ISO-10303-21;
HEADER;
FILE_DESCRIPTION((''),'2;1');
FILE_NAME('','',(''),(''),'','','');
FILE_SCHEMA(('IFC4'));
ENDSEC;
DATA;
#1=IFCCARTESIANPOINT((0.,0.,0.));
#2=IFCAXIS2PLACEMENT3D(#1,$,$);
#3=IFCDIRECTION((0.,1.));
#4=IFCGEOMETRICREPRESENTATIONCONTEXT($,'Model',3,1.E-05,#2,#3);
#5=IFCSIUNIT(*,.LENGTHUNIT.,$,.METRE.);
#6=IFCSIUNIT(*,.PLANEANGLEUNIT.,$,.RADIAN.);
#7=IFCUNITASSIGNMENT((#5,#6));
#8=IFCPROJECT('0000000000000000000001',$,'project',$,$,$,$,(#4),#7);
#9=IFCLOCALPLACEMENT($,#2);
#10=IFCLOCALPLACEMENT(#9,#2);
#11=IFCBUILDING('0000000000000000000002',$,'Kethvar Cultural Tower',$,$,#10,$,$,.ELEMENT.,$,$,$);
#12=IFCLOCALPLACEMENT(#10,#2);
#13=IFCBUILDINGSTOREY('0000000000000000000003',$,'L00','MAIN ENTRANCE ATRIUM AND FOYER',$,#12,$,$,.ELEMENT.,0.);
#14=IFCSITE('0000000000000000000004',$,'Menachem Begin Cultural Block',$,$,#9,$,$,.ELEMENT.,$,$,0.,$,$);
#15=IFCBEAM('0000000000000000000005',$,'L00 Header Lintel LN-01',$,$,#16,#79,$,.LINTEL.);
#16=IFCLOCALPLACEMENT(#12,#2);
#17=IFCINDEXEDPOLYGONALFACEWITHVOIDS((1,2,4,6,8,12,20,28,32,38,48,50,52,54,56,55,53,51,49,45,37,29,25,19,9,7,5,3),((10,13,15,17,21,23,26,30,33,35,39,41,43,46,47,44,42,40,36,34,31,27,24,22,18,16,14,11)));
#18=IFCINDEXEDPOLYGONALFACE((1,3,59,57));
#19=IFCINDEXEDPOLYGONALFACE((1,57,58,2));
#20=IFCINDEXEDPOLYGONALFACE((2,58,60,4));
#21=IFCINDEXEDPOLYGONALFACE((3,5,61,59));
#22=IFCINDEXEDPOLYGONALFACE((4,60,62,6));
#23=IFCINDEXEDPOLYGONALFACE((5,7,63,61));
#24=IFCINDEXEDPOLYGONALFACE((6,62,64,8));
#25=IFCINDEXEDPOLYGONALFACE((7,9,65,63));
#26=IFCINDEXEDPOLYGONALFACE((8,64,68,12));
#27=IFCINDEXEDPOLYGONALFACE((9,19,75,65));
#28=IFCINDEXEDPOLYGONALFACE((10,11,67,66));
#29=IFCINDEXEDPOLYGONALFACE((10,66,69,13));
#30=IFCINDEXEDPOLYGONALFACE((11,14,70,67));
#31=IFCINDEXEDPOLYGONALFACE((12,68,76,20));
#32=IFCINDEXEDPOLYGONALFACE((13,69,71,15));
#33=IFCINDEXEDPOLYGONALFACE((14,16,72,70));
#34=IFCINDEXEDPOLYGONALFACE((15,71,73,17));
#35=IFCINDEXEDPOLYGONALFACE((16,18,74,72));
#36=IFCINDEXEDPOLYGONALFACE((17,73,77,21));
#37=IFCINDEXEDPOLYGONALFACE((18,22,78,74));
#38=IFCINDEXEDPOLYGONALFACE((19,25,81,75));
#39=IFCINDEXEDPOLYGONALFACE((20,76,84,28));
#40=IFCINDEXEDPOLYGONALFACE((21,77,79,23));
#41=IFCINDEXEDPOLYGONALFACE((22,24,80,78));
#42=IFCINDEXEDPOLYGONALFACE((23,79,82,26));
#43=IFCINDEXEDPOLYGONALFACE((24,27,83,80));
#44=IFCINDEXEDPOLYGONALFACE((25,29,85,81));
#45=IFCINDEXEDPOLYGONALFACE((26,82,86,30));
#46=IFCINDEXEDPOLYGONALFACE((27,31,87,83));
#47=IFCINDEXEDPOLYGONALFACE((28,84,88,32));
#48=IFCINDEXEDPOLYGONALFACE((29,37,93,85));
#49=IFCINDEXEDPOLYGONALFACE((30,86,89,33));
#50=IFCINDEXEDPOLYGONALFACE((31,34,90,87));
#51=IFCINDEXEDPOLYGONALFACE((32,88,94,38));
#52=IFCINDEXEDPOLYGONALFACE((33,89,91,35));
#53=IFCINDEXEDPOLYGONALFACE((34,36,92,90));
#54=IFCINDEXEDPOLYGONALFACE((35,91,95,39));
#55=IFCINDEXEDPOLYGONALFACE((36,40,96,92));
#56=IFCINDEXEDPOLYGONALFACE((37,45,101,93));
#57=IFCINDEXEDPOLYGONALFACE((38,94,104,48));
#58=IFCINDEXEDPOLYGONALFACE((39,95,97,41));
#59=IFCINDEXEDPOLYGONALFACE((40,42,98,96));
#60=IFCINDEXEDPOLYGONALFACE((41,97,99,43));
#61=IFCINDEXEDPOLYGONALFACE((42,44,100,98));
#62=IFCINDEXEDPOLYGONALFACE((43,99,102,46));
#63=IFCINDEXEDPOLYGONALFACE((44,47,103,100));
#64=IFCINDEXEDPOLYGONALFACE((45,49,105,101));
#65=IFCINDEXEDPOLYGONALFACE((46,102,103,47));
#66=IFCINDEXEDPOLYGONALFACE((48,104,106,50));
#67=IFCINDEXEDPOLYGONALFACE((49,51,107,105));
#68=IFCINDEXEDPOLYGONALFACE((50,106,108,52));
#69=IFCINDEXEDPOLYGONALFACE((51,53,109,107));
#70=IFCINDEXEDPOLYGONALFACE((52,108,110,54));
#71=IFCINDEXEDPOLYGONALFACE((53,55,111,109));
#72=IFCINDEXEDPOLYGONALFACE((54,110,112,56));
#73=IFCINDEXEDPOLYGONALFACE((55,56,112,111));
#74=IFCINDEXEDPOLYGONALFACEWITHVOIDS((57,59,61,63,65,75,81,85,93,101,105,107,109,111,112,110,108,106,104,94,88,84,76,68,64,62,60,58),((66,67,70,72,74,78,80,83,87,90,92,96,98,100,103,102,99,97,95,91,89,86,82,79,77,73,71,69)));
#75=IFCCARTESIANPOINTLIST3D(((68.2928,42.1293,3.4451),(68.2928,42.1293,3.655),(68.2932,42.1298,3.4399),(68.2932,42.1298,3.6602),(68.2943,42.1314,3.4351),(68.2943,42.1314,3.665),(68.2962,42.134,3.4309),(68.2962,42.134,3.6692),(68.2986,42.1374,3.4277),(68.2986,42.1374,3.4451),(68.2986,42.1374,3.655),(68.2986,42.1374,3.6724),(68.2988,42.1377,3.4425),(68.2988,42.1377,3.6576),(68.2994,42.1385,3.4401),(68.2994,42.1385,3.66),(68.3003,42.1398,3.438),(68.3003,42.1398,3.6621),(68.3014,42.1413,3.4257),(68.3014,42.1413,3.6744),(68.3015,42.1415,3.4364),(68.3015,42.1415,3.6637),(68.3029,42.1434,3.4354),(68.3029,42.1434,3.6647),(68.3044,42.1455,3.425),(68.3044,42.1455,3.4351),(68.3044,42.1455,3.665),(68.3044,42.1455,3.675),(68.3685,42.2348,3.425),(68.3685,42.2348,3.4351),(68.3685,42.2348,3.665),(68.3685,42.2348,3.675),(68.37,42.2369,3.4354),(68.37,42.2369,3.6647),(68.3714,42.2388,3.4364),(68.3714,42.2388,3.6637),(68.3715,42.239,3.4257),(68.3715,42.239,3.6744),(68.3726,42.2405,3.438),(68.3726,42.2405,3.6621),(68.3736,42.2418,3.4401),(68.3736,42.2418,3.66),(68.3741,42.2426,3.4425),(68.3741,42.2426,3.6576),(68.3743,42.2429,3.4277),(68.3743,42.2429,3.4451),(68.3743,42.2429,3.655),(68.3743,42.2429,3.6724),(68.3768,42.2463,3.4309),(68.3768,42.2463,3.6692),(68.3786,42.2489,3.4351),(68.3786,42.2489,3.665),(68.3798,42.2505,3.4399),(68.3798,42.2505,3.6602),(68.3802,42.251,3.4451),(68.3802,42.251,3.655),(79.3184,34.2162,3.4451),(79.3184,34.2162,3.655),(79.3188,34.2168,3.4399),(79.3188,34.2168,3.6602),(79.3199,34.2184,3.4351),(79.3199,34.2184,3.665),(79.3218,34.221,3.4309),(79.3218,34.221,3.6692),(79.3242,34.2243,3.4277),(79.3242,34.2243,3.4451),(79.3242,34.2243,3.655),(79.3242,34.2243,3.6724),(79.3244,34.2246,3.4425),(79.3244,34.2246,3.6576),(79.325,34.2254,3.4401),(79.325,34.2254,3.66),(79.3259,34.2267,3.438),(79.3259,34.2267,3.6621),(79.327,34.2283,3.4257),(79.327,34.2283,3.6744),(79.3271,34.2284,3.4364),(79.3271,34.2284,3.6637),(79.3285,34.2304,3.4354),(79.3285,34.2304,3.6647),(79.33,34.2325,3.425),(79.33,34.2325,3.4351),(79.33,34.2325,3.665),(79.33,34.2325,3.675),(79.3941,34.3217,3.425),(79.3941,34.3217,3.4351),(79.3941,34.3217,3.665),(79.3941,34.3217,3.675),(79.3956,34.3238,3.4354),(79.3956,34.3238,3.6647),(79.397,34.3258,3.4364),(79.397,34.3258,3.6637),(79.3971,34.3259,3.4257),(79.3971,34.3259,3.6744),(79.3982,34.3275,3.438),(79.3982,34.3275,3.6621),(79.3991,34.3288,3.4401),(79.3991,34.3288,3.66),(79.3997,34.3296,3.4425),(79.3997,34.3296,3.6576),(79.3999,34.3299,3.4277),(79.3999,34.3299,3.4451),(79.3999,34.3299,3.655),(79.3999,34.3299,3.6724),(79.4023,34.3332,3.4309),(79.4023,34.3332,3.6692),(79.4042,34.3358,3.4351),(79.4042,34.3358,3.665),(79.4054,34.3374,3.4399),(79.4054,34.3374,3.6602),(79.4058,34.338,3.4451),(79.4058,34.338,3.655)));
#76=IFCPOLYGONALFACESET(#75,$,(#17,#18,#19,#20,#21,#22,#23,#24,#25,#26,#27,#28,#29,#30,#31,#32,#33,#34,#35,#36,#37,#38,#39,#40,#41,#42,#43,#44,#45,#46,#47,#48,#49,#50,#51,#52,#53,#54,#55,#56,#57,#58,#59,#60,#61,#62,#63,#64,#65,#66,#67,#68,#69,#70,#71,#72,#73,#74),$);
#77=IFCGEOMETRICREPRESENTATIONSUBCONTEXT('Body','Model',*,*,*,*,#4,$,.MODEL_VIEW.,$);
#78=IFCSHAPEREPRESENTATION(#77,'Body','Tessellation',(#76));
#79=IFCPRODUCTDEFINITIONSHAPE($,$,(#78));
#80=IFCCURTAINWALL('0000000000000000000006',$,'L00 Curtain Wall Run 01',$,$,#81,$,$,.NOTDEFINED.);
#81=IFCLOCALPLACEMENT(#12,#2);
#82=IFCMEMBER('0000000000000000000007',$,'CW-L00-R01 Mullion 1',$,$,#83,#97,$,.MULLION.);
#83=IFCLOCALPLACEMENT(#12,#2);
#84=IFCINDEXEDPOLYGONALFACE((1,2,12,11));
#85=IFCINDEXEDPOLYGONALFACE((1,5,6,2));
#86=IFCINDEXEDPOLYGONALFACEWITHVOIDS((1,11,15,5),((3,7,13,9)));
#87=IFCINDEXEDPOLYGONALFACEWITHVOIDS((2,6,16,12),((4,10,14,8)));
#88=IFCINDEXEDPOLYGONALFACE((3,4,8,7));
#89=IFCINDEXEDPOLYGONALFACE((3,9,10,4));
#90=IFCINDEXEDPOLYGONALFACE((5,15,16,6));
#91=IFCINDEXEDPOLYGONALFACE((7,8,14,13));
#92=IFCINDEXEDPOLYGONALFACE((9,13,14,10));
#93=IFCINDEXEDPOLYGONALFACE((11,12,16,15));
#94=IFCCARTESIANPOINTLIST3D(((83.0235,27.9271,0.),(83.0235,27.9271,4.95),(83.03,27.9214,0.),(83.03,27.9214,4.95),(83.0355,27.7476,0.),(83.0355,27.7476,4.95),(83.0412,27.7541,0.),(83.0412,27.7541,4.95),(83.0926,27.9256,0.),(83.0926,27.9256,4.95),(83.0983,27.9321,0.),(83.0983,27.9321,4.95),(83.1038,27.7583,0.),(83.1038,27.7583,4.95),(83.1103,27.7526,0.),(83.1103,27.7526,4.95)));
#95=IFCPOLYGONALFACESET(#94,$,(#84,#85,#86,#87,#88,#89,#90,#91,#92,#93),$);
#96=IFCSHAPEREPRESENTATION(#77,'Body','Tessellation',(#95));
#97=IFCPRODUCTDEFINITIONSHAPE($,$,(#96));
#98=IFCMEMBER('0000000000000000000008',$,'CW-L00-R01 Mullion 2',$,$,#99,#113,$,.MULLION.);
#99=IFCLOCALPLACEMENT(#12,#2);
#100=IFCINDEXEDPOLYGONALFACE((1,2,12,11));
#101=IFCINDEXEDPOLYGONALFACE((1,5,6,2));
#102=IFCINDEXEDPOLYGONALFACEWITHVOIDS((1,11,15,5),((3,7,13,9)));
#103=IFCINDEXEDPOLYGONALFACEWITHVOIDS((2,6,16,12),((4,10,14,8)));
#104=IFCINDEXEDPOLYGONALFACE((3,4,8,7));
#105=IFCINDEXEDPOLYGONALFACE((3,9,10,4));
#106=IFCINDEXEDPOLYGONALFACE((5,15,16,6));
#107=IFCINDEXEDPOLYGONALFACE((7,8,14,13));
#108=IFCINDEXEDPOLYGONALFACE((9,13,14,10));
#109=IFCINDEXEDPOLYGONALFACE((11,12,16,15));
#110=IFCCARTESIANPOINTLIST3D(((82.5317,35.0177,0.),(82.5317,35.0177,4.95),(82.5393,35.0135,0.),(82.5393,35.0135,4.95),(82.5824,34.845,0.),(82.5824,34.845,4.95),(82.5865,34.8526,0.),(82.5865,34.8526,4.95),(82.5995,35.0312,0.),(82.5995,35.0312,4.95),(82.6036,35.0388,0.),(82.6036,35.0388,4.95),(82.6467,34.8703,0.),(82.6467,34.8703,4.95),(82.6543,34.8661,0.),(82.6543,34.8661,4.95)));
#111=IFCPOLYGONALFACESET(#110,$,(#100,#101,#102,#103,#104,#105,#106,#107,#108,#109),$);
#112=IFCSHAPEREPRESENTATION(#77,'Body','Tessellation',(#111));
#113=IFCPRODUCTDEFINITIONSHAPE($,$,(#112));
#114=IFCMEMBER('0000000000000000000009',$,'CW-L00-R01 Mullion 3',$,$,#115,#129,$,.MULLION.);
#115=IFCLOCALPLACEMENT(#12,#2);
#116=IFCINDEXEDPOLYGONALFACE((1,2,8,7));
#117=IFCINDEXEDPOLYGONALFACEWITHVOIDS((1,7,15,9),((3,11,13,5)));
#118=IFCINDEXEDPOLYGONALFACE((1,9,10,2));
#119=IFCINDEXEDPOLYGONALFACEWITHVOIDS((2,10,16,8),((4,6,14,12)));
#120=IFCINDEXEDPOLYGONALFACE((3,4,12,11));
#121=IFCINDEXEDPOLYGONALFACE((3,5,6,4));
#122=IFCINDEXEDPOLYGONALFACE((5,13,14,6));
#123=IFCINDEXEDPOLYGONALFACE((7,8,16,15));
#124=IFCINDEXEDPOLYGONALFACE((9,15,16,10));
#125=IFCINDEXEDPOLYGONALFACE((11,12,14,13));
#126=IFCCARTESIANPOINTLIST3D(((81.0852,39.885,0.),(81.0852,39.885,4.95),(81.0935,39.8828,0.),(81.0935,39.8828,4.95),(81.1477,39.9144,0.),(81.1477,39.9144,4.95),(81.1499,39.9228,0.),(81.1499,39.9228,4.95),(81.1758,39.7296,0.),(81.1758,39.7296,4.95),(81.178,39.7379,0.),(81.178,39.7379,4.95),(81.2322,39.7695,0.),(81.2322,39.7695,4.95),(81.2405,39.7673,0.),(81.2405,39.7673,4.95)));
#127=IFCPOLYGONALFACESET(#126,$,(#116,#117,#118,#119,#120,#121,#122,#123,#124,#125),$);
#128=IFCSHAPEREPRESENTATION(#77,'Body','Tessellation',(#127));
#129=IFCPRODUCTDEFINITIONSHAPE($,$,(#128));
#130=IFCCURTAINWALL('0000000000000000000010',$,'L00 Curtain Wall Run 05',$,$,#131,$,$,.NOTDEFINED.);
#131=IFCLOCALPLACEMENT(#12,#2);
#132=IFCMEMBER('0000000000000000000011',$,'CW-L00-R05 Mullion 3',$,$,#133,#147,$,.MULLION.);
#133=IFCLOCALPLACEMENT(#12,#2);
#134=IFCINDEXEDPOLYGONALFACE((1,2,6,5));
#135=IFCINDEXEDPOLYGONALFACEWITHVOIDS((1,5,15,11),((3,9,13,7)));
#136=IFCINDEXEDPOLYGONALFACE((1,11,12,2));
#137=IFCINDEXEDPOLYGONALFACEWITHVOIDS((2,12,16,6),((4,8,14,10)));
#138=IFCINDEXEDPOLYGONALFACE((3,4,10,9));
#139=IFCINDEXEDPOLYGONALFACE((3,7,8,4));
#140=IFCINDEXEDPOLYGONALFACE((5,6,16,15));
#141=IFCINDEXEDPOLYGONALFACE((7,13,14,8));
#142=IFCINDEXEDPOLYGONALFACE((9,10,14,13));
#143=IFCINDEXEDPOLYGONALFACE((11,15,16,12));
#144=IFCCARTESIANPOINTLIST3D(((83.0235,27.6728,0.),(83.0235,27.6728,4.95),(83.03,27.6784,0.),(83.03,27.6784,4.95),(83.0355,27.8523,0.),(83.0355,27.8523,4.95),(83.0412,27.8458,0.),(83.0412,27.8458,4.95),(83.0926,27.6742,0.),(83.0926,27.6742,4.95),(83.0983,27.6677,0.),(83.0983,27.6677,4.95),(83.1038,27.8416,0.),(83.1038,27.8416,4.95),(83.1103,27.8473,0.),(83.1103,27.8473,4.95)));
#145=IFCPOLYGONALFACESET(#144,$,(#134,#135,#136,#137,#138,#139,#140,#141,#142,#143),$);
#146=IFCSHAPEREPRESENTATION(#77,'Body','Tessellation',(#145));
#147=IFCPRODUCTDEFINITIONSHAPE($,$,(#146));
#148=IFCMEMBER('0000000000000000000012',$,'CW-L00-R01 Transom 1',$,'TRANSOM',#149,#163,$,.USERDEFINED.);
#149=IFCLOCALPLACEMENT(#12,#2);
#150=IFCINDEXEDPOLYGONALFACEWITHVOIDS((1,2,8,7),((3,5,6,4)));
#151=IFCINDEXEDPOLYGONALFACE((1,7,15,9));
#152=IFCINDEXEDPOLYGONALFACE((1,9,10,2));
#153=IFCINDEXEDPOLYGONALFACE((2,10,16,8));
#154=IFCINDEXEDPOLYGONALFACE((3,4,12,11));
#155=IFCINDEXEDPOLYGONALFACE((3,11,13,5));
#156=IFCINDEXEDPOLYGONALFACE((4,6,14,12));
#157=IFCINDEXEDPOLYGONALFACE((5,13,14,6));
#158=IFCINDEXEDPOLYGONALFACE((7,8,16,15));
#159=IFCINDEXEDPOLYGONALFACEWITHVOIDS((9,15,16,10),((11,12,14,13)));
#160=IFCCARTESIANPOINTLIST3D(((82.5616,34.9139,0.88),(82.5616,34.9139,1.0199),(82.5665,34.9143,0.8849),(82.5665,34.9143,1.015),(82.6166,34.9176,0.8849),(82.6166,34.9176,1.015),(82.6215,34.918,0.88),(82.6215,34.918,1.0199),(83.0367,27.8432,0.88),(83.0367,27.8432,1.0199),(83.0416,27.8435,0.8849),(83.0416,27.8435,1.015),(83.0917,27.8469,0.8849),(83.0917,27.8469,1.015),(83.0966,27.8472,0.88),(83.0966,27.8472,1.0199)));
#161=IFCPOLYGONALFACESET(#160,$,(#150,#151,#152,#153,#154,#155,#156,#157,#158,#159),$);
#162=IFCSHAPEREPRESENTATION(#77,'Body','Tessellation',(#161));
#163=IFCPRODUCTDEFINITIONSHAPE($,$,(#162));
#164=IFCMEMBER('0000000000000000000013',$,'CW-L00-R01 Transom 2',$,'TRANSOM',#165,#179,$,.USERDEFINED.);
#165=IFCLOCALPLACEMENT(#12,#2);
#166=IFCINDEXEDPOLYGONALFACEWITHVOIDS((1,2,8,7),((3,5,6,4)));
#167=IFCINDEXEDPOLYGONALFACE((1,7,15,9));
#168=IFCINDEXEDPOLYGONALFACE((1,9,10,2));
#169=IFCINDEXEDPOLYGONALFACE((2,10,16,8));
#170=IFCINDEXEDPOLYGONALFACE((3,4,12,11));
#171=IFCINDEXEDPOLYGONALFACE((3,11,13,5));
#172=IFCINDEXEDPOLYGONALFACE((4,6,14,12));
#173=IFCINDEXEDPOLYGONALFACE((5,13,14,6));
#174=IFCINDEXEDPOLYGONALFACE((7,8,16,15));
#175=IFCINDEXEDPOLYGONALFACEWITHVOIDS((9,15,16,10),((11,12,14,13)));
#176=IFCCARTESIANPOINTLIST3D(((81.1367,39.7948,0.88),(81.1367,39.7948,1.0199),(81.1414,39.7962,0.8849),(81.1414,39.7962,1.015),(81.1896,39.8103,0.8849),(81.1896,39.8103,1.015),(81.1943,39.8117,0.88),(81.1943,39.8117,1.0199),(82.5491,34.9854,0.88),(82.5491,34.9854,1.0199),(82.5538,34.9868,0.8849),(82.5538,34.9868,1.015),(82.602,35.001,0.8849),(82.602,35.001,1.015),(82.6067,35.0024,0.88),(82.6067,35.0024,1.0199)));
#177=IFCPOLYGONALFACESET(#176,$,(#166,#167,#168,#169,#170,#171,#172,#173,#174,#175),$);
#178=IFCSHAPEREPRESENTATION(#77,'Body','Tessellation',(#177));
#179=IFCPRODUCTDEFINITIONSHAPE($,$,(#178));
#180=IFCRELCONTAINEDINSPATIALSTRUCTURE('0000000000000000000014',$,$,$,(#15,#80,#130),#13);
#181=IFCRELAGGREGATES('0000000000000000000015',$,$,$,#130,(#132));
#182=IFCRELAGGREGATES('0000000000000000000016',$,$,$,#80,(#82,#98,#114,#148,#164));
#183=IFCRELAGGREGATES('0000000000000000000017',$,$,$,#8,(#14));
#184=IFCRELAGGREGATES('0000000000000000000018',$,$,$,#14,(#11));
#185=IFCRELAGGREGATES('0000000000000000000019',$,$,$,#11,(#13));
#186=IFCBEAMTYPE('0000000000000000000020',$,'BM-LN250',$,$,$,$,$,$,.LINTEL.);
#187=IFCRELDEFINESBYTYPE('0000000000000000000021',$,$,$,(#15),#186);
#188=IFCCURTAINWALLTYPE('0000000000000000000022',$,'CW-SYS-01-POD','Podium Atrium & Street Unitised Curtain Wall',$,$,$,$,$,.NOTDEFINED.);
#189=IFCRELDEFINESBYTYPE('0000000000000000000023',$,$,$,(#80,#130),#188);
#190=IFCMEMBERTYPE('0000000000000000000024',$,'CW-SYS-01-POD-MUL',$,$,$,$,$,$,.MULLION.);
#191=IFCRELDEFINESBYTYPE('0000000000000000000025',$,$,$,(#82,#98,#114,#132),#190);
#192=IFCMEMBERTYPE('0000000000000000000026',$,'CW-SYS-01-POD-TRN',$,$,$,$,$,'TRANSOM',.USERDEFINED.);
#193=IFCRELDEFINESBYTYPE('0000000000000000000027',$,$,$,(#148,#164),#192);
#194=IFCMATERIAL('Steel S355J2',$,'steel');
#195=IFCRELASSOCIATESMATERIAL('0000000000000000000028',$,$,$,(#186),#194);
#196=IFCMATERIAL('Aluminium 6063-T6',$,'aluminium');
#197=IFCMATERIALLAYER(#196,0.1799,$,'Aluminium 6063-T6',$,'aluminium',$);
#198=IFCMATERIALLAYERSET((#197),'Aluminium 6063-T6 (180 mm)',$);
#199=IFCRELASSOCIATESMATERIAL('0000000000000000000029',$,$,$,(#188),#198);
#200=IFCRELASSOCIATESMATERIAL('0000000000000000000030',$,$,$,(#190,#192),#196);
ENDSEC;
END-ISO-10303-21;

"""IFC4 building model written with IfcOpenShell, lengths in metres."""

from ifc_helpers import new_model, si_unit, direction, frame, origin, origin_2d, place, context, subcontext, project, spatial, hollow_rectangle, extrude, source, transform, mapped, material, layer, layer_set, material_profile, profile_set, type_object, element, aggregate, save


model = new_model("IFC4")

# Units and contexts
model_context = context("Model", 3, precision=1e-05, world=origin(), true_north=direction((0.0, 1.0)))
body_context = subcontext(model_context, "Body", "Model", "MODEL_VIEW")
ifc_project = project(units=[si_unit("LENGTHUNIT", "METRE"), si_unit("PLANEANGLEUNIT", "RADIAN")], contexts=[model_context])

# Site, building, storey
site_placement = place(None, origin())
site = spatial("IfcSite", under=ifc_project, at=site_placement, Name="Menachem Begin Cultural Block", CompositionType="ELEMENT", RefElevation=0.0)
building_placement = place(site_placement, origin())
building = spatial("IfcBuilding", under=site, at=building_placement, Name="Kethvar Cultural Tower", CompositionType="ELEMENT")
storey_placement = place(building_placement, origin())
storey = spatial("IfcBuildingStorey", under=building, at=storey_placement, Name="L00", Description="MAIN ENTRANCE ATRIUM AND FOYER", CompositionType="ELEMENT", Elevation=0.0)

# Beam
ifc_material_1 = material(Name="Steel S355J2", Category="steel")
ifc_material_profile_1 = material_profile(ifc_material_1, hollow_rectangle(XDim=0.1499, YDim=0.25, WallThickness=0.01, InnerFilletRadius=0.01, OuterFilletRadius=0.02, at=origin_2d()), Name="Steel S355J2 — RHS250x150x10")
ifc_profile_set_1 = profile_set([ifc_material_profile_1], Name="Steel S355J2 — RHS250x150x10")
beam_type_1 = type_object("IfcBeamType", Name="BM-LN250", PredefinedType="LINTEL", material=ifc_profile_set_1)
shared_shape_1 = source(origin(), body_context, "Body", "SweptSolid", [
    extrude(hollow_rectangle(XDim=0.1499, YDim=0.25, WallThickness=0.01, InnerFilletRadius=0.01, OuterFilletRadius=0.02, at=origin_2d()), origin(), (0.0, 0.0, 1.0), 13.5713),
])
beam_1_placement = place(storey_placement, frame((79.3621, 34.2771, 3.55), z_axis=(-0.81242, 0.583073, 0.0), x_axis=(-0.583073, -0.81242, 0.0)))
element("IfcBeam", 1, at=beam_1_placement, inside=storey, type_object=beam_type_1, Name="L00 Header Lintel LN-01", PredefinedType="LINTEL", context=body_context, shape_type="MappedRepresentation", body=[
    mapped(shared_shape_1, transform((0.0, 0.0, 0.0), scale=1.0)),
])

# Curtain wall, members
ifc_material_2 = material(Name="Aluminium 6063-T6", Category="aluminium")
ifc_layer_1 = layer(ifc_material_2, 0.1799, Name="Aluminium 6063-T6", Category="aluminium")
ifc_layer_set_1 = layer_set([ifc_layer_1], Name="Aluminium 6063-T6 (180 mm)")
curtain_wall_type = type_object("IfcCurtainWallType", Name="CW-SYS-01-POD", Description="Podium Atrium & Street Unitised Curtain Wall", PredefinedType="NOTDEFINED", material=ifc_layer_set_1)
curtain_wall_1_placement = place(storey_placement, origin())
curtain_wall_1 = element("IfcCurtainWall", 2, at=curtain_wall_1_placement, inside=storey, type_object=curtain_wall_type, Name="L00 Curtain Wall Run 01", PredefinedType="NOTDEFINED")
ifc_material_profile_2 = material_profile(ifc_material_2, hollow_rectangle(XDim=0.075, YDim=0.1799, WallThickness=0.0061, at=origin_2d()), Name="Aluminium 6063-T6 — RHS180x75x6")
ifc_profile_set_2 = profile_set([ifc_material_profile_2], Name="Aluminium 6063-T6 — RHS180x75x6")
member_type_1 = type_object("IfcMemberType", Name="CW-SYS-01-POD-MUL", PredefinedType="MULLION", material=ifc_profile_set_2)
shared_shape_2 = source(origin(), body_context, "Body", "SweptSolid", [
    extrude(hollow_rectangle(XDim=0.075, YDim=0.1799, WallThickness=0.0061, at=origin_2d()), origin(), (0.0, 0.0, 1.0), 4.95),
])
member_1_placement = place(storey_placement, frame((83.0669, 27.8398, 0.0), z_axis=(0.0, 0.0, 1.0), x_axis=(-0.99775, -0.06704, 0.0)))
member_1 = element("IfcMember", 3, at=member_1_placement, type_object=member_type_1, Name="CW-L00-R01 Mullion 1", PredefinedType="MULLION", context=body_context, shape_type="MappedRepresentation", body=[
    mapped(shared_shape_2, transform((0.0, 0.0, 0.0), scale=1.0)),
])
member_2_placement = place(storey_placement, frame((82.593, 34.9419, 0.0), z_axis=(0.0, 0.0, 1.0), x_axis=(-0.959496, -0.281722, 0.0)))
member_2 = element("IfcMember", 4, at=member_2_placement, type_object=member_type_1, Name="CW-L00-R01 Mullion 2", PredefinedType="MULLION", context=body_context, shape_type="MappedRepresentation", body=[
    mapped(shared_shape_2, transform((0.0, 0.0, 0.0), scale=1.0)),
])
member_3_placement = place(storey_placement, frame((81.1628, 39.8262, 0.0), z_axis=(0.0, 0.0, 1.0), x_axis=(-0.863985, -0.503518, 0.0)))
member_3 = element("IfcMember", 5, at=member_3_placement, type_object=member_type_1, Name="CW-L00-R01 Mullion 3", PredefinedType="MULLION", context=body_context, shape_type="MappedRepresentation", body=[
    mapped(shared_shape_2, transform((0.0, 0.0, 0.0), scale=1.0)),
])

# Curtain wall, member
curtain_wall_2_placement = place(storey_placement, origin())
curtain_wall_2 = element("IfcCurtainWall", 6, at=curtain_wall_2_placement, inside=storey, type_object=curtain_wall_type, Name="L00 Curtain Wall Run 05", PredefinedType="NOTDEFINED")
member_4_placement = place(storey_placement, frame((83.0669, 27.76, 0.0), z_axis=(0.0, 0.0, 1.0), x_axis=(-0.99775, 0.06704, 0.0)))
member_4 = element("IfcMember", 7, at=member_4_placement, type_object=member_type_1, Name="CW-L00-R05 Mullion 3", PredefinedType="MULLION", context=body_context, shape_type="MappedRepresentation", body=[
    mapped(shared_shape_2, transform((0.0, 0.0, 0.0), scale=1.0)),
])
aggregate(curtain_wall_2, [member_4])

# Members
ifc_material_profile_3 = material_profile(ifc_material_2, hollow_rectangle(XDim=0.0601, YDim=0.1399, WallThickness=0.0049, at=origin_2d()), Name="Aluminium 6063-T6 — RHS140x60x5")
ifc_profile_set_3 = profile_set([ifc_material_profile_3], Name="Aluminium 6063-T6 — RHS140x60x5")
member_type_2 = type_object("IfcMemberType", Name="CW-SYS-01-POD-TRN", ElementType="TRANSOM", PredefinedType="USERDEFINED", material=ifc_profile_set_3)
shared_shape_3 = source(origin(), body_context, "Body", "SweptSolid", [
    extrude(hollow_rectangle(XDim=0.0601, YDim=0.1399, WallThickness=0.0049, at=origin_2d()), origin(), (0.0, 0.0, 1.0), 7.0867),
])
member_5_placement = place(storey_placement, frame((83.0667, 27.8452, 0.95), z_axis=(-0.06704, 0.99775, 0.0), x_axis=(-0.99775, -0.06704, 0.0)))
member_5 = element("IfcMember", 8, at=member_5_placement, type_object=member_type_2, Name="CW-L00-R01 Transom 1", ObjectType="TRANSOM", PredefinedType="USERDEFINED", context=body_context, shape_type="MappedRepresentation", body=[
    mapped(shared_shape_3, transform((0.0, 0.0, 0.0), scale=1.0)),
])
shared_shape_4 = source(origin(), body_context, "Body", "SweptSolid", [
    extrude(hollow_rectangle(XDim=0.0601, YDim=0.1399, WallThickness=0.0049, at=origin_2d()), origin(), (0.0, 0.0, 1.0), 5.0125),
])
member_6_placement = place(storey_placement, frame((82.5779, 34.9939, 0.95), z_axis=(-0.281771, 0.959482, 0.0), x_axis=(-0.959482, -0.281771, 0.0)))
member_6 = element("IfcMember", 9, at=member_6_placement, type_object=member_type_2, Name="CW-L00-R01 Transom 2", ObjectType="TRANSOM", PredefinedType="USERDEFINED", context=body_context, shape_type="MappedRepresentation", body=[
    mapped(shared_shape_4, transform((0.0, 0.0, 0.0), scale=1.0)),
])

aggregate(curtain_wall_1, [member_1, member_2, member_3, member_5, member_6])

save(model, "model.ifc")
